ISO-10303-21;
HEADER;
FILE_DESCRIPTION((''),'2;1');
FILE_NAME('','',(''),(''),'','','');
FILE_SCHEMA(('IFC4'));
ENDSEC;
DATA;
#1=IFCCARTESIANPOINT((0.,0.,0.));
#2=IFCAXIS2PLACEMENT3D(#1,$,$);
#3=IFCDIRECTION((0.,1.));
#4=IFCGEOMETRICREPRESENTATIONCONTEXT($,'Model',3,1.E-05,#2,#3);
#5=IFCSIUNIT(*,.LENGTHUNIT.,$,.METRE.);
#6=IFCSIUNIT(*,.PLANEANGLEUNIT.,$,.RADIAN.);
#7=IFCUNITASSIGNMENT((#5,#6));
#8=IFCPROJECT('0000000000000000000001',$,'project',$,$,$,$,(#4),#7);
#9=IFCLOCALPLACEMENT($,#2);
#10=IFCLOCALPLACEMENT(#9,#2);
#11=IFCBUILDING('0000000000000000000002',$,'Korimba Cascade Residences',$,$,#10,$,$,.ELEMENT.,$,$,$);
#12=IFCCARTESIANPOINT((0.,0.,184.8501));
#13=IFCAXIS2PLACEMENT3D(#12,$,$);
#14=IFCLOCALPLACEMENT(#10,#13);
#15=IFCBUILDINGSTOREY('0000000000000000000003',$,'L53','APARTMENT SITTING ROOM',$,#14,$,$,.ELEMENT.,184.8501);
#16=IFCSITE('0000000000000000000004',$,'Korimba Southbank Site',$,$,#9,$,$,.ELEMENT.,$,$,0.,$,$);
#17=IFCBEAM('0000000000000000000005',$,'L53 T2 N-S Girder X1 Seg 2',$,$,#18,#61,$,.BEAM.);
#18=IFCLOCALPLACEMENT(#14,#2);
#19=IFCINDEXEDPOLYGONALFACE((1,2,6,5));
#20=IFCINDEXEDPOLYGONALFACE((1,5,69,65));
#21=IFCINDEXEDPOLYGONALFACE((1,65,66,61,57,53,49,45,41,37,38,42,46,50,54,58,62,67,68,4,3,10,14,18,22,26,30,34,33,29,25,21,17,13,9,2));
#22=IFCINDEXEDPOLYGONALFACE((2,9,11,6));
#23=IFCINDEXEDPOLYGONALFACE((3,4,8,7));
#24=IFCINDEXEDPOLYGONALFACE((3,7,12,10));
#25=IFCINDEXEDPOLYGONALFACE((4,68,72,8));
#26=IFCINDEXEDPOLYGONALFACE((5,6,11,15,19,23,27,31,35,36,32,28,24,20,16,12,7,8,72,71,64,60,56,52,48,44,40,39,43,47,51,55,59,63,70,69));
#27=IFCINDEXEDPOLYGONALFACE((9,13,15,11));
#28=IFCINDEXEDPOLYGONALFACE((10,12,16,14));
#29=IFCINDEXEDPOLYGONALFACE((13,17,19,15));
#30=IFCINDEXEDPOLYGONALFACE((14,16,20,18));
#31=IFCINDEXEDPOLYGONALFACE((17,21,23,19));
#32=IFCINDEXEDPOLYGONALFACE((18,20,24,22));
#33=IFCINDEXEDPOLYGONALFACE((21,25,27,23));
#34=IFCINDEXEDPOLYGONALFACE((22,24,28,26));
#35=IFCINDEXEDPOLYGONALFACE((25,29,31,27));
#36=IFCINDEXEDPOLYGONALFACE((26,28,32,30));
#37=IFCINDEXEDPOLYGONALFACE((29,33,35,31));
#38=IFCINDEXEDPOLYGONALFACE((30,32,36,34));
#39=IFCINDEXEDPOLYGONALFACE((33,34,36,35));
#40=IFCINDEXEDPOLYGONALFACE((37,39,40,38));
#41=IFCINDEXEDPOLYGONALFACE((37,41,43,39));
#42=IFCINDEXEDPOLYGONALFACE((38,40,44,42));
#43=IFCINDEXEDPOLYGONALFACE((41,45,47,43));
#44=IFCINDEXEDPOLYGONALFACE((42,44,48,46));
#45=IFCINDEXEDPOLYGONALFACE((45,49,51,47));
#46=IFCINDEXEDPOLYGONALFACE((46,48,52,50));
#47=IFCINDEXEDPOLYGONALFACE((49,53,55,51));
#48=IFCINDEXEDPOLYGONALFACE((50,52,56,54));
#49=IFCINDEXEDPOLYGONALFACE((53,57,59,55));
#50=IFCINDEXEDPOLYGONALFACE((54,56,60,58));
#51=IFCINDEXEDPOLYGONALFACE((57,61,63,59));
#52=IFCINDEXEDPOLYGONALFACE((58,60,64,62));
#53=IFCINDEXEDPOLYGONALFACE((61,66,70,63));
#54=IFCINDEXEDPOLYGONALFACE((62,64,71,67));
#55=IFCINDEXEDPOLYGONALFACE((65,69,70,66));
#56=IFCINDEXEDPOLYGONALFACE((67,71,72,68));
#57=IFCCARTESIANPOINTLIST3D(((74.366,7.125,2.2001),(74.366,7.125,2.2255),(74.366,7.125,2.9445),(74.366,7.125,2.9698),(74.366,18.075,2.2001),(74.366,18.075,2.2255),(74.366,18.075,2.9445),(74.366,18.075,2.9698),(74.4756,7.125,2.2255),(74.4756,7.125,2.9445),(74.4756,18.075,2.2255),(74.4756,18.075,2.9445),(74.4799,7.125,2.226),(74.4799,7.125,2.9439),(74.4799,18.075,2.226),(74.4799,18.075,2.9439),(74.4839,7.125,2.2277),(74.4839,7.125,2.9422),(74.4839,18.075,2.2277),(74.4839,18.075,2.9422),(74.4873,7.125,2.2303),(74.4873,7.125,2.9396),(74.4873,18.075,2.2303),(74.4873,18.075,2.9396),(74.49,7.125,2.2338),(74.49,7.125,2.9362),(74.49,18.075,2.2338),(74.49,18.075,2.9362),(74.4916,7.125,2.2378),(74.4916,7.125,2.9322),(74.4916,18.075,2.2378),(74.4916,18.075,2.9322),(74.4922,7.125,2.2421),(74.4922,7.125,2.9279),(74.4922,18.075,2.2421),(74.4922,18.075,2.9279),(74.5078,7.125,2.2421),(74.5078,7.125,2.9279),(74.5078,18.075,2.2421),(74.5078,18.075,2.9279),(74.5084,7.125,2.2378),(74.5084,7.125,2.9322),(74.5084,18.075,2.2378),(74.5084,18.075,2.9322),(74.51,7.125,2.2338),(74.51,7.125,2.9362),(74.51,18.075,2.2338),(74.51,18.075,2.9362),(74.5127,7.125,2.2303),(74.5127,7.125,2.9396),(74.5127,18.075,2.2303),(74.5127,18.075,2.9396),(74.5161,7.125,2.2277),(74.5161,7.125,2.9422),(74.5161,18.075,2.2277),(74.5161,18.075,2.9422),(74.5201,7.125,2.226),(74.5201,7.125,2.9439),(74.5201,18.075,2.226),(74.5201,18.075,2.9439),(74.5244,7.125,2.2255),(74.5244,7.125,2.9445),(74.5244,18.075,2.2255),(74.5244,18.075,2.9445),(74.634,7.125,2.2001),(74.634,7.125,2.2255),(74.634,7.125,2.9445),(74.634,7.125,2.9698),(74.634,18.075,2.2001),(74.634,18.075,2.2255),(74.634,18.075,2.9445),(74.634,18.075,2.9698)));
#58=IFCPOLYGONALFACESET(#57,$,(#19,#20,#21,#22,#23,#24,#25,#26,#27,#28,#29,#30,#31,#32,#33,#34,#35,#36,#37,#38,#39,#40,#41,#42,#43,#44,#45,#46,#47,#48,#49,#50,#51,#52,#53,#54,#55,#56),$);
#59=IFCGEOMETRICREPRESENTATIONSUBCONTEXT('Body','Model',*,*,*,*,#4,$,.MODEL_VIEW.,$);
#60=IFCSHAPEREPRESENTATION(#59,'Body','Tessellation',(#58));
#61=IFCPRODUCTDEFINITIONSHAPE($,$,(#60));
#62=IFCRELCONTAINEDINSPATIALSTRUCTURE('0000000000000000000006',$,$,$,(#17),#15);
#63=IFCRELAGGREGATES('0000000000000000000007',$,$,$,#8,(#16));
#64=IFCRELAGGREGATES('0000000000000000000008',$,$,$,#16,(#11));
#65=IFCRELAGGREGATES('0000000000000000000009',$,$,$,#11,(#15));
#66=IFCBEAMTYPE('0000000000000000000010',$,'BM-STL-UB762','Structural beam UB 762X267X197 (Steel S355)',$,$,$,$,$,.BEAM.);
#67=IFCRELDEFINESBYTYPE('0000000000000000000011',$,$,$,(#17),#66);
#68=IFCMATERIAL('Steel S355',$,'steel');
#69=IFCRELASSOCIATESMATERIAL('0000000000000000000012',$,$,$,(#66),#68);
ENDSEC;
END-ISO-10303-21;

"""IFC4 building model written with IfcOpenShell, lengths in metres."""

from ifc_helpers import new_model, si_unit, direction, frame, origin, origin_2d, place, context, subcontext, project, spatial, i_section, extrude, material, material_profile, profile_set, type_object, element, save


model = new_model("IFC4")

# Units and contexts
model_context = context("Model", 3, precision=1e-05, world=origin(), true_north=direction((0.0, 1.0)))
body_context = subcontext(model_context, "Body", "Model", "MODEL_VIEW")
ifc_project = project(units=[si_unit("LENGTHUNIT", "METRE"), si_unit("PLANEANGLEUNIT", "RADIAN")], contexts=[model_context])

# Site, building, storey
site_placement = place(None, origin())
site = spatial("IfcSite", under=ifc_project, at=site_placement, Name="Korimba Southbank Site", CompositionType="ELEMENT", RefElevation=0.0)
building_placement = place(site_placement, origin())
building = spatial("IfcBuilding", under=site, at=building_placement, Name="Korimba Cascade Residences", CompositionType="ELEMENT")
storey_placement = place(building_placement, frame((0.0, 0.0, 184.8501)))
storey = spatial("IfcBuildingStorey", under=building, at=storey_placement, Name="L53", Description="APARTMENT SITTING ROOM", CompositionType="ELEMENT", Elevation=184.8501)

# Beam
ifc_material_1 = material(Name="Steel S355", Category="steel")
ifc_material_profile_1 = material_profile(ifc_material_1, i_section(OverallWidth=0.2681, OverallDepth=0.7698, WebThickness=0.0156, FlangeThickness=0.0254, FilletRadius=0.0166, at=origin_2d()), Name="Steel S355")
ifc_profile_set_1 = profile_set([ifc_material_profile_1], Name="Steel S355")
beam_type_1 = type_object("IfcBeamType", Name="BM-STL-UB762", Description="Structural beam UB 762X267X197 (Steel S355)", PredefinedType="BEAM", material=ifc_profile_set_1)
beam_1_placement = place(storey_placement, frame((74.5, 7.125, 2.585), z_axis=(0.0, 1.0, 0.0), x_axis=(-1.0, 0.0, 0.0)))
element("IfcBeam", 1, at=beam_1_placement, inside=storey, type_object=beam_type_1, Name="L53 T2 N-S Girder X1 Seg 2", PredefinedType="BEAM", context=body_context, shape_type="SweptSolid", body=[
    extrude(i_section(OverallWidth=0.2681, OverallDepth=0.7698, WebThickness=0.0156, FlangeThickness=0.0254, FilletRadius=0.0166, at=origin_2d()), origin(), (0.0, 0.0, 1.0), 10.95),
])

save(model, "model.ifc")
